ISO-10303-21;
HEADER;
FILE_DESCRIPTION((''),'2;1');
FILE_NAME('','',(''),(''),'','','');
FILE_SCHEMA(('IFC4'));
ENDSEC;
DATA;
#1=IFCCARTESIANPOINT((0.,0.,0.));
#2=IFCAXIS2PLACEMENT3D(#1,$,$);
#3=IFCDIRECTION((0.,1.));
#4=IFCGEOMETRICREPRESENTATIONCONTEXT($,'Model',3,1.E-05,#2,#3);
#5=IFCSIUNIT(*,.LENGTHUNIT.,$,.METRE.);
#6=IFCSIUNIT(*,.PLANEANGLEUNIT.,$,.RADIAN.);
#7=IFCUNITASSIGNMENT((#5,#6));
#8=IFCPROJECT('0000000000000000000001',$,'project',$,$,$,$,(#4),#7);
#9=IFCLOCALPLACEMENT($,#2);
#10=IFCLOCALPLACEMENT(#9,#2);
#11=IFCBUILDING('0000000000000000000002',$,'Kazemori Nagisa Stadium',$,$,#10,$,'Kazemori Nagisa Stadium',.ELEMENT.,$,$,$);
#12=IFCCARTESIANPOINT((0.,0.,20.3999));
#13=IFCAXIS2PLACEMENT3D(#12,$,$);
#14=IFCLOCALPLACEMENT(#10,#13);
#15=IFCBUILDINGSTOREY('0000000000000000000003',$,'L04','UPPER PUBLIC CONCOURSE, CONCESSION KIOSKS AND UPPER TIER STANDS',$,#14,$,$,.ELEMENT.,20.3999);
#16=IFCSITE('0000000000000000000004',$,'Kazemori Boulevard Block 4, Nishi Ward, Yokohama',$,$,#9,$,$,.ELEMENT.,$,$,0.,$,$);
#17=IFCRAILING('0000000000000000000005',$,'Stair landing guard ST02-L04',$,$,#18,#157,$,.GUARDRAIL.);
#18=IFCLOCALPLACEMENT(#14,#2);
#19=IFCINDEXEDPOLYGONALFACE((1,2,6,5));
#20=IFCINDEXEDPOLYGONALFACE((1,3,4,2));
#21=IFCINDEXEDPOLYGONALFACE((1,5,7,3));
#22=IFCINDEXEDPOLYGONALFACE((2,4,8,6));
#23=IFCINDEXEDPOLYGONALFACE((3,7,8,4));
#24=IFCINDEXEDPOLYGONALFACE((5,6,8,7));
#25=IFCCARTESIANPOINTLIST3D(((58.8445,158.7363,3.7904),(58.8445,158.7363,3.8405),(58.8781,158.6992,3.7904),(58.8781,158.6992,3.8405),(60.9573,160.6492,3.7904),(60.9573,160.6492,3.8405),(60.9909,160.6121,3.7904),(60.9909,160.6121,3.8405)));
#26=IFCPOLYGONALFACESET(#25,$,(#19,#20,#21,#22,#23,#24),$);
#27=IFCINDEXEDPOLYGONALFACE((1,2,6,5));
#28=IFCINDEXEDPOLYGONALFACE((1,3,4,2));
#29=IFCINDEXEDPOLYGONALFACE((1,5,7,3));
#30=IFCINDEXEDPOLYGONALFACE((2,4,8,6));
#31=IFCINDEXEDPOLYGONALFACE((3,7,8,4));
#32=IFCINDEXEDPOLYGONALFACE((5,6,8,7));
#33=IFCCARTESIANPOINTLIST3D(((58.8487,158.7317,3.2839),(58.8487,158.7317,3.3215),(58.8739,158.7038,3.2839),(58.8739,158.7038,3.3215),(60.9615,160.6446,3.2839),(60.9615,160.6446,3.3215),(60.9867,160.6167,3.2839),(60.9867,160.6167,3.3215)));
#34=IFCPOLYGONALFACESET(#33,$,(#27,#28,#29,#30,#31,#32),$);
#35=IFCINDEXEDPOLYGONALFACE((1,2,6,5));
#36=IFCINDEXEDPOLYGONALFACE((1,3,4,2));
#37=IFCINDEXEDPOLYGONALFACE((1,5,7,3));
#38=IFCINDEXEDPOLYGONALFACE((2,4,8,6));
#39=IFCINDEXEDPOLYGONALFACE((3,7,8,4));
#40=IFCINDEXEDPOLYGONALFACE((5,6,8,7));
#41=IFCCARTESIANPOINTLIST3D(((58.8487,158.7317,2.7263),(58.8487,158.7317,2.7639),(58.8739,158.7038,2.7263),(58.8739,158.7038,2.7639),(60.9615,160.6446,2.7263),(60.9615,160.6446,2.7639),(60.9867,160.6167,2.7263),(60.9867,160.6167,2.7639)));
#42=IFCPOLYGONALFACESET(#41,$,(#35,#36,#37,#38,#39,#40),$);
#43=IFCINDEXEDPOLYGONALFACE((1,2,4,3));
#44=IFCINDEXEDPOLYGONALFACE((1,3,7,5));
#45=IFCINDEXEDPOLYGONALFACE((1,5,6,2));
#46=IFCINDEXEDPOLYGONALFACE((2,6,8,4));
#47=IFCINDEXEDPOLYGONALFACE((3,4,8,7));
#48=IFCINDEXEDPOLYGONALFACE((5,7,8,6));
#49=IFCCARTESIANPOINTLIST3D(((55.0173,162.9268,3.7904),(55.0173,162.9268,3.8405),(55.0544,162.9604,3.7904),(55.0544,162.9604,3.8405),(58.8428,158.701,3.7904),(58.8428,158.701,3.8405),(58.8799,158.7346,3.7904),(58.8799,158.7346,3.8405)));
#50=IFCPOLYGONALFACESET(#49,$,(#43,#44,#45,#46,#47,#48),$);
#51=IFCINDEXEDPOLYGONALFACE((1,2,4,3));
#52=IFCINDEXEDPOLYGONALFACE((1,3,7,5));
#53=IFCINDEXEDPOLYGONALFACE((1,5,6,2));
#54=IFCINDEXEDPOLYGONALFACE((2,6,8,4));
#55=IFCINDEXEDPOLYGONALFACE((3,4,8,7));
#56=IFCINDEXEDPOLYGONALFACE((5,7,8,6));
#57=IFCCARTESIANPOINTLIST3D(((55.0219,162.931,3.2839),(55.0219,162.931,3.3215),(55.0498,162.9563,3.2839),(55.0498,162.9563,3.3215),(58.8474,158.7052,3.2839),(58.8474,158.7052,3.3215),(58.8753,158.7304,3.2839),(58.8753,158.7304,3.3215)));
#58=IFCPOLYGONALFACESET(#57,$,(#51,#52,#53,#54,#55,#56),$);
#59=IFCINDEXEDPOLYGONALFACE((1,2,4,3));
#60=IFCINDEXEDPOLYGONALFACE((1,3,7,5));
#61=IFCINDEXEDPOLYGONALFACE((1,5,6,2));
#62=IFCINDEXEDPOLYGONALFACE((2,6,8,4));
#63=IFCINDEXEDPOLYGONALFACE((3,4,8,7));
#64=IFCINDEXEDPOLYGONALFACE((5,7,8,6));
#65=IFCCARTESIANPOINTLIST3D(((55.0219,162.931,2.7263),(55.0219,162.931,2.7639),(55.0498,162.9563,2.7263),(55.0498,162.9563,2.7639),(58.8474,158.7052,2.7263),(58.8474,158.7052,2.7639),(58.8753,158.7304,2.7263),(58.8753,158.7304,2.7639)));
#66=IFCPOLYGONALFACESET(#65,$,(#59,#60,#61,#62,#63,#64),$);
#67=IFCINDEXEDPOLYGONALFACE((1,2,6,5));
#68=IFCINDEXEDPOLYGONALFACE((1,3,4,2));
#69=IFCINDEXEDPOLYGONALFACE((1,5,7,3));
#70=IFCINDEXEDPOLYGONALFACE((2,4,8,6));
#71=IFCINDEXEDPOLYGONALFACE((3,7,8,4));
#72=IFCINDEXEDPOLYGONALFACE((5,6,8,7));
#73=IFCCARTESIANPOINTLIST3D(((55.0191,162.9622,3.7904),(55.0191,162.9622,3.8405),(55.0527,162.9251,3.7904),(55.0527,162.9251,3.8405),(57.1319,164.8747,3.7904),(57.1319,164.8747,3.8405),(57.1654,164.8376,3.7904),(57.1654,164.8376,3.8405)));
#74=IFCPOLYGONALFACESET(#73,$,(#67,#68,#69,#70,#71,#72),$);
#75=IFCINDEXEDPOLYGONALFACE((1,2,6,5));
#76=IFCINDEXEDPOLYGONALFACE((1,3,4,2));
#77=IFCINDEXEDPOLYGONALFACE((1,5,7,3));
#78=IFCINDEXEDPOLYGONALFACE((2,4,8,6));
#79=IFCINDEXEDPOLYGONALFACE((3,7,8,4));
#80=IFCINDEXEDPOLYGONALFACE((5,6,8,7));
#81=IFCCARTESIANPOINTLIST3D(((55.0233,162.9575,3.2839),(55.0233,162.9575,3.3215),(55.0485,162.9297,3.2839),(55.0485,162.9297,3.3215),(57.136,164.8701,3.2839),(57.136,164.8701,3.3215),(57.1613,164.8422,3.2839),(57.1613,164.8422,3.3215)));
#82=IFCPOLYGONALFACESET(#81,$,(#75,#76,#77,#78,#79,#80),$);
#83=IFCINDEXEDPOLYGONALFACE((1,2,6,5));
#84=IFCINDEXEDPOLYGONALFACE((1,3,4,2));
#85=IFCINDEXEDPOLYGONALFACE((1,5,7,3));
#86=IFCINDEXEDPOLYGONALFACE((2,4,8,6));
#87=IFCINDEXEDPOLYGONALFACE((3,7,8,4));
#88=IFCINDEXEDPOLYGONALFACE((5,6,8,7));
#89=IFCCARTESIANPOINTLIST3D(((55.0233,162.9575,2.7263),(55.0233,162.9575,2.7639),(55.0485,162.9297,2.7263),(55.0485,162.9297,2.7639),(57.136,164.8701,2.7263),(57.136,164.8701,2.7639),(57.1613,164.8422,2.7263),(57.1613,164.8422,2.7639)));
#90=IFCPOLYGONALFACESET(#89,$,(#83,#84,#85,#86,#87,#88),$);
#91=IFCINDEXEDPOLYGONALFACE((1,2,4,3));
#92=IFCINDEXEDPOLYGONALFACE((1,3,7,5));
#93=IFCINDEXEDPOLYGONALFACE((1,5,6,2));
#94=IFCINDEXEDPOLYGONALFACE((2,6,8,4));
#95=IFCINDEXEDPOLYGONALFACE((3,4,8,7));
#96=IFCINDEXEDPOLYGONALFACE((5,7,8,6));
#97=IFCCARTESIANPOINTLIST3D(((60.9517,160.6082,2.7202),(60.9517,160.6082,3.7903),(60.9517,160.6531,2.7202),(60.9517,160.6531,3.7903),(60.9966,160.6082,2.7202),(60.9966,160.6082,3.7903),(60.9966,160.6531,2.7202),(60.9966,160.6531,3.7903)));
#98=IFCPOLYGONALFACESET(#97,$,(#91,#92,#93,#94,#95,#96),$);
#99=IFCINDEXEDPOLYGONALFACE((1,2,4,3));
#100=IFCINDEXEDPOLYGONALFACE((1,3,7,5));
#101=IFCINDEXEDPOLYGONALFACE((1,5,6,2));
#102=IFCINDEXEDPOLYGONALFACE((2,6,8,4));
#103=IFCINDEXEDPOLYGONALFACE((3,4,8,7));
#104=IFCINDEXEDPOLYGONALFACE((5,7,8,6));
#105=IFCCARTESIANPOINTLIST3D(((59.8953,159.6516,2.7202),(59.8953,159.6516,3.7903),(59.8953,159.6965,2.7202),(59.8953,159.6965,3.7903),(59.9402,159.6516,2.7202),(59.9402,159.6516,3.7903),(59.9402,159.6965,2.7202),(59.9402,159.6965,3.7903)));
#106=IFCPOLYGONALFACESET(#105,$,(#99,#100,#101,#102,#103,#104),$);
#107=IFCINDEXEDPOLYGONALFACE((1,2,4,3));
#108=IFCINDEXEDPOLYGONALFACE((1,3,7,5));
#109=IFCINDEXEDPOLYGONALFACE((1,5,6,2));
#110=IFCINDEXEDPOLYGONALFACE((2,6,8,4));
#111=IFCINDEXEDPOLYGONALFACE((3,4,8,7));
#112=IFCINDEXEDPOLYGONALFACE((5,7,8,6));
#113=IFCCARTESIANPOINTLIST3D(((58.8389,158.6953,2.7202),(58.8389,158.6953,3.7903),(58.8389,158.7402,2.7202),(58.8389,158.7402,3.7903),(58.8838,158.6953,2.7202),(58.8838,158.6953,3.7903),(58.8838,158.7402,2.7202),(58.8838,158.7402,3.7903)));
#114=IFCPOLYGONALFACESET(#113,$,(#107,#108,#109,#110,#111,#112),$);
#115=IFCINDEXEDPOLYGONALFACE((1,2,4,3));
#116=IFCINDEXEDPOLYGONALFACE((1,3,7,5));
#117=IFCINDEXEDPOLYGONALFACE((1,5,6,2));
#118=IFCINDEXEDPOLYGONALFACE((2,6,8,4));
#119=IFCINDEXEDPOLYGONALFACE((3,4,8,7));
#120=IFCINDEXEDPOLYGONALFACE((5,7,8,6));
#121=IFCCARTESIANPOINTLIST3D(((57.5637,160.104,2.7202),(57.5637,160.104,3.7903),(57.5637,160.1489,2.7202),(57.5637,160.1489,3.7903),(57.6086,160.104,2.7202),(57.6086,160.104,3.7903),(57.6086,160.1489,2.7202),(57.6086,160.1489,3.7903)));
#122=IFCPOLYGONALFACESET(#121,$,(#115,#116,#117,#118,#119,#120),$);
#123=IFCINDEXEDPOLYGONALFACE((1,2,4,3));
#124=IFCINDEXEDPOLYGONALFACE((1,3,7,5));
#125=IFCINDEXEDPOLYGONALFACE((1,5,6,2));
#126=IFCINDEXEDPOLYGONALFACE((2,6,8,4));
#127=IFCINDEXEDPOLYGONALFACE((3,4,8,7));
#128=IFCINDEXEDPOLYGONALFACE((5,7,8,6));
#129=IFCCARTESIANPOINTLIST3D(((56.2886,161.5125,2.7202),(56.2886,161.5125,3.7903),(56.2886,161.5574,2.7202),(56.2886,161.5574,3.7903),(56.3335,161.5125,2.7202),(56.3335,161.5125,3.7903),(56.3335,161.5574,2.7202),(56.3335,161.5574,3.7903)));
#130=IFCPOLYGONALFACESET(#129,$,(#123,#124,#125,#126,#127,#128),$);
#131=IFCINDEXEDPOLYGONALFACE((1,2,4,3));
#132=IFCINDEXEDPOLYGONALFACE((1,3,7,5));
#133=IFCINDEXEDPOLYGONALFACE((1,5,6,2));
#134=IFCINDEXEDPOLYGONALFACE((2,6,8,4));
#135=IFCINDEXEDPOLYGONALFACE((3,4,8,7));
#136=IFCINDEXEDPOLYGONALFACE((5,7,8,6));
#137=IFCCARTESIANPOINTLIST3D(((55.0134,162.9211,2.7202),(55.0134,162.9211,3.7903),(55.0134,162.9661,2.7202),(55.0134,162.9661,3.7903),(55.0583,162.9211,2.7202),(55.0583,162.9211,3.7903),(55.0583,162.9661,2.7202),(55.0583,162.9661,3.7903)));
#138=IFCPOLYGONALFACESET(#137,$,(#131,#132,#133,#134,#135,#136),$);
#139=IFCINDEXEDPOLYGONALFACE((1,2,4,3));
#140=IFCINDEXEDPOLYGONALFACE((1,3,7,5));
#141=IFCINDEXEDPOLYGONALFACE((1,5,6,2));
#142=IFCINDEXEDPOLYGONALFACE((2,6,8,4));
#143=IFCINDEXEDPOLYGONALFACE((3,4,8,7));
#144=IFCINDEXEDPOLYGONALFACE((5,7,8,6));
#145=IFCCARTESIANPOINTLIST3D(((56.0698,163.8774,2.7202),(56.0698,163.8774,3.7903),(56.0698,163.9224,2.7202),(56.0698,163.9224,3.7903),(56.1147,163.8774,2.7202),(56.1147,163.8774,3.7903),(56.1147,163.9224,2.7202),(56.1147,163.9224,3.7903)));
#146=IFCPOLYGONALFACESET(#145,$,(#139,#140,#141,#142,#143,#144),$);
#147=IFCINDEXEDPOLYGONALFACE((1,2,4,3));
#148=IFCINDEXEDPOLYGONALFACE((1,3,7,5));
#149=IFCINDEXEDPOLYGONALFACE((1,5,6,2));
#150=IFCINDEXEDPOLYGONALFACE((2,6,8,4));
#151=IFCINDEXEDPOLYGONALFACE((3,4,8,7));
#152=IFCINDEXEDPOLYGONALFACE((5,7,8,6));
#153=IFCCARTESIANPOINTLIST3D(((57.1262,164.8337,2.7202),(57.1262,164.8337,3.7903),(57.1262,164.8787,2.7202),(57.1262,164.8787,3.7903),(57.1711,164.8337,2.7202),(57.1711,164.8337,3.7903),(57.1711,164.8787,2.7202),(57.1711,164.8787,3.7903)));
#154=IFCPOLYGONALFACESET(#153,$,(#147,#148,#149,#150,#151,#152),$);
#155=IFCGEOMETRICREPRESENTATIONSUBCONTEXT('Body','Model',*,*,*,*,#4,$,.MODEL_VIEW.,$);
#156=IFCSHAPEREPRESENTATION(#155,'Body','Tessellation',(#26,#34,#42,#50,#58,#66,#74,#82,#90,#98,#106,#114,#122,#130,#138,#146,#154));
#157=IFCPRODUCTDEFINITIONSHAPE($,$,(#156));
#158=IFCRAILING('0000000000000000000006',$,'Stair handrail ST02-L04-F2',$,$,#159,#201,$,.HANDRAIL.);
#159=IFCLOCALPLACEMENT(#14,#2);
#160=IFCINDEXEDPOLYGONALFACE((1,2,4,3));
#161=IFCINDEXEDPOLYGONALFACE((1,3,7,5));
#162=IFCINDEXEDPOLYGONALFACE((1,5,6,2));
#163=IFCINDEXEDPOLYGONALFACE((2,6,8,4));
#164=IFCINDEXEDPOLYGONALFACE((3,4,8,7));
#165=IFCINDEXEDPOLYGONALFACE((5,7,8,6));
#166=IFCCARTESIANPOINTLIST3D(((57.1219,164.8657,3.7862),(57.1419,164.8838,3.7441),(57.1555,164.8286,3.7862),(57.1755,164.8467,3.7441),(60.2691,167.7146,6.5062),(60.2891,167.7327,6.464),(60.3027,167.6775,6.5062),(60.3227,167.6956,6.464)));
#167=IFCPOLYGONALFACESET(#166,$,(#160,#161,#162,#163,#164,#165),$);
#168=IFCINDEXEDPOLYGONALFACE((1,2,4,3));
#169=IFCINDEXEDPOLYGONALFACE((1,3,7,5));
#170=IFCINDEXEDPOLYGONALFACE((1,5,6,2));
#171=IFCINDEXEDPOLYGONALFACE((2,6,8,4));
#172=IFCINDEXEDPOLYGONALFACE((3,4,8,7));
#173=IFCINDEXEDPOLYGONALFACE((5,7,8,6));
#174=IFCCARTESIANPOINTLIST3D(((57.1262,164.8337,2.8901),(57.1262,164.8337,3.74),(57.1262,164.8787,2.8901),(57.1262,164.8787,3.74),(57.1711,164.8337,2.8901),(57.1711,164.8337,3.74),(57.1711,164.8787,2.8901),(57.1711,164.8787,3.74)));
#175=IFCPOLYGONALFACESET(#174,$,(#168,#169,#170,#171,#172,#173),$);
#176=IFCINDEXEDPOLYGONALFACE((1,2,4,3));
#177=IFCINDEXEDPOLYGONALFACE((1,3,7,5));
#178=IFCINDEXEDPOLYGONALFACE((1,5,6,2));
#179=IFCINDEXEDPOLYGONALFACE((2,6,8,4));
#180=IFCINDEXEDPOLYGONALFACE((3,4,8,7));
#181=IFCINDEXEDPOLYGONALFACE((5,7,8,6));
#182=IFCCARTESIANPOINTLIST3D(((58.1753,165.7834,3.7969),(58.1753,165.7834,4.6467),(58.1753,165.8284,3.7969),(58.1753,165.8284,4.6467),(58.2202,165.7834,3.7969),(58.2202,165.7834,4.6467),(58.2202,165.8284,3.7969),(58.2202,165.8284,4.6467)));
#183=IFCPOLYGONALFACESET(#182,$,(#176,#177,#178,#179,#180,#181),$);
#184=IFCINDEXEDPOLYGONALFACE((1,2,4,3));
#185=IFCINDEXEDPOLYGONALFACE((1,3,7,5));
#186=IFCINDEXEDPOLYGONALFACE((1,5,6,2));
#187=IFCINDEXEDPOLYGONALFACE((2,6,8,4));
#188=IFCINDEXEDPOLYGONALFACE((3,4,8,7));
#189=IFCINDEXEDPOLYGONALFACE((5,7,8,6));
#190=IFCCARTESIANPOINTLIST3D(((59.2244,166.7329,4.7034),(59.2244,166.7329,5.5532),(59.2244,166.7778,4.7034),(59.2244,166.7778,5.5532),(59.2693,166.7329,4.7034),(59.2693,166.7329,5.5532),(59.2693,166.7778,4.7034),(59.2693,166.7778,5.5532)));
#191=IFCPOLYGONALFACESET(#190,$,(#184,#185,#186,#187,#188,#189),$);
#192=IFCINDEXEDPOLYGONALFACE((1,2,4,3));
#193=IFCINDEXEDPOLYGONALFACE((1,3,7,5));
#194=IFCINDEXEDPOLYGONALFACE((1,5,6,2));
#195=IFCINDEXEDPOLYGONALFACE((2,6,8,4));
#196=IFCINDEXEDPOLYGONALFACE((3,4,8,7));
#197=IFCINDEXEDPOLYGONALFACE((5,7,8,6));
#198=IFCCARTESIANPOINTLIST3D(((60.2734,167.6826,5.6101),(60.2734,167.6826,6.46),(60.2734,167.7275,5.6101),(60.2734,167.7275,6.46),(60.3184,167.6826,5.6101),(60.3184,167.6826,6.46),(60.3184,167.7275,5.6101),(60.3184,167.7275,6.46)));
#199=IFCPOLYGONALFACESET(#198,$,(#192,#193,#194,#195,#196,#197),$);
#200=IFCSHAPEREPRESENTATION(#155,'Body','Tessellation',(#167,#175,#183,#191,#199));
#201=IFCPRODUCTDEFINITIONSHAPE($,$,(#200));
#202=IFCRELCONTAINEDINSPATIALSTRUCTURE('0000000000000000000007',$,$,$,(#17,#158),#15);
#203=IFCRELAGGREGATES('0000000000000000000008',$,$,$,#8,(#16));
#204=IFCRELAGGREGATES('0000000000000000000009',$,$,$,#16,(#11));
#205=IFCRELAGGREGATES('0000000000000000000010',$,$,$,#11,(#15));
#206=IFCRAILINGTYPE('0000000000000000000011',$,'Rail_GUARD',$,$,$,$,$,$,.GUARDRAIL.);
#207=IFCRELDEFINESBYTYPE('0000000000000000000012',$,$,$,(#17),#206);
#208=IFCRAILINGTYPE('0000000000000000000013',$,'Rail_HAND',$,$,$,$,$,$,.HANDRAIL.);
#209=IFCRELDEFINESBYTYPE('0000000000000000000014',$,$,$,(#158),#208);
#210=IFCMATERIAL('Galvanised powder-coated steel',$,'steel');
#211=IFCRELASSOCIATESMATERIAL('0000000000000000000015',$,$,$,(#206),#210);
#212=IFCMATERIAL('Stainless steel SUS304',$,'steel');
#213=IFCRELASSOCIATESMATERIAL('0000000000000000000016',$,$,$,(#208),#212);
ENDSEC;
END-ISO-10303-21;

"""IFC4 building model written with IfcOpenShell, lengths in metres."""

from ifc_helpers import new_model, si_unit, direction, frame, origin, origin_2d, place, context, subcontext, project, spatial, rectangle, extrude, material, type_object, element, save


model = new_model("IFC4")

# Units and contexts
model_context = context("Model", 3, precision=1e-05, world=origin(), true_north=direction((0.0, 1.0)))
body_context = subcontext(model_context, "Body", "Model", "MODEL_VIEW")
ifc_project = project(units=[si_unit("LENGTHUNIT", "METRE"), si_unit("PLANEANGLEUNIT", "RADIAN")], contexts=[model_context])

# Site, building, storey
site_placement = place(None, origin())
site = spatial("IfcSite", under=ifc_project, at=site_placement, Name="Kazemori Boulevard Block 4, Nishi Ward, Yokohama", CompositionType="ELEMENT", RefElevation=0.0)
building_placement = place(site_placement, origin())
building = spatial("IfcBuilding", under=site, at=building_placement, Name="Kazemori Nagisa Stadium", LongName="Kazemori Nagisa Stadium", CompositionType="ELEMENT")
storey_placement = place(building_placement, frame((0.0, 0.0, 20.3999)))
storey = spatial("IfcBuildingStorey", under=building, at=storey_placement, Name="L04", Description="UPPER PUBLIC CONCOURSE, CONCESSION KIOSKS AND UPPER TIER STANDS", CompositionType="ELEMENT", Elevation=20.3999)

# Railings
ifc_material_1 = material(Name="Galvanised powder-coated steel", Category="steel")
railing_type_1 = type_object("IfcRailingType", Name="Rail_GUARD", PredefinedType="GUARDRAIL", material=ifc_material_1)
railing_1_placement = place(storey_placement, frame((60.9741, 160.6306, 2.7202)))
element("IfcRailing", 1, at=railing_1_placement, inside=storey, type_object=railing_type_1, Name="Stair landing guard ST02-L04", PredefinedType="GUARDRAIL", context=body_context, shape_type="SweptSolid", body=[
    extrude(rectangle(XDim=0.05, YDim=0.05, at=origin_2d()), frame((0.0, 0.0, 1.0952), z_axis=(-0.741315, -0.671158, 0.0), x_axis=(0.671158, -0.741315, 0.0)), (0.0, 0.0, 1.0), 2.8501),
    extrude(rectangle(XDim=0.0376, YDim=0.0376, at=origin_2d()), frame((0.0, 0.0, 0.5825), z_axis=(-0.741315, -0.671158, 0.0), x_axis=(0.671158, -0.741315, 0.0)), (0.0, 0.0, 1.0), 2.8501),
    extrude(rectangle(XDim=0.0376, YDim=0.0376, at=origin_2d()), frame((0.0, 0.0, 0.0249), z_axis=(-0.741315, -0.671158, 0.0), x_axis=(0.671158, -0.741315, 0.0)), (0.0, 0.0, 1.0), 2.8501),
    extrude(rectangle(XDim=0.05, YDim=0.05, at=origin_2d()), frame((-2.1128, -1.9128, 1.0952), z_axis=(-0.671113, 0.741355, 0.0), x_axis=(-0.741355, -0.671113, 0.0)), (0.0, 0.0, 1.0), 5.7002),
    extrude(rectangle(XDim=0.0376, YDim=0.0376, at=origin_2d()), frame((-2.1128, -1.9128, 0.5825), z_axis=(-0.671113, 0.741355, 0.0), x_axis=(-0.741355, -0.671113, 0.0)), (0.0, 0.0, 1.0), 5.7002),
    extrude(rectangle(XDim=0.0376, YDim=0.0376, at=origin_2d()), frame((-2.1128, -1.9128, 0.0249), z_axis=(-0.671113, 0.741355, 0.0), x_axis=(-0.741355, -0.671113, 0.0)), (0.0, 0.0, 1.0), 5.7002),
    extrude(rectangle(XDim=0.05, YDim=0.05, at=origin_2d()), frame((-5.9382, 2.313, 1.0952), z_axis=(0.741357, 0.671111, 0.0), x_axis=(-0.671111, 0.741357, 0.0)), (0.0, 0.0, 1.0), 2.8499),
    extrude(rectangle(XDim=0.0376, YDim=0.0376, at=origin_2d()), frame((-5.9382, 2.313, 0.5825), z_axis=(0.741357, 0.671111, 0.0), x_axis=(-0.671111, 0.741357, 0.0)), (0.0, 0.0, 1.0), 2.8499),
    extrude(rectangle(XDim=0.0376, YDim=0.0376, at=origin_2d()), frame((-5.9382, 2.313, 0.0249), z_axis=(0.741357, 0.671111, 0.0), x_axis=(-0.671111, 0.741357, 0.0)), (0.0, 0.0, 1.0), 2.8499),
    extrude(rectangle(XDim=0.0449, YDim=0.0449, at=origin_2d()), origin(), (0.0, 0.0, 1.0), 1.0701),
    extrude(rectangle(XDim=0.0449, YDim=0.0449, at=origin_2d()), frame((-1.0564, -0.9565, 0.0)), (0.0, 0.0, 1.0), 1.0701),
    extrude(rectangle(XDim=0.0449, YDim=0.0449, at=origin_2d()), frame((-2.1128, -1.9128, 0.0)), (0.0, 0.0, 1.0), 1.0701),
    extrude(rectangle(XDim=0.0449, YDim=0.0449, at=origin_2d()), frame((-3.3879, -0.5042, 0.0)), (0.0, 0.0, 1.0), 1.0701),
    extrude(rectangle(XDim=0.0449, YDim=0.0449, at=origin_2d()), frame((-4.6631, 0.9043, 0.0)), (0.0, 0.0, 1.0), 1.0701),
    extrude(rectangle(XDim=0.0449, YDim=0.0449, at=origin_2d()), frame((-5.9382, 2.313, 0.0)), (0.0, 0.0, 1.0), 1.0701),
    extrude(rectangle(XDim=0.0449, YDim=0.0449, at=origin_2d()), frame((-4.8818, 3.2693, 0.0)), (0.0, 0.0, 1.0), 1.0701),
    extrude(rectangle(XDim=0.0449, YDim=0.0449, at=origin_2d()), frame((-3.8254, 4.2256, 0.0)), (0.0, 0.0, 1.0), 1.0701),
])
ifc_material_2 = material(Name="Stainless steel SUS304", Category="steel")
railing_type_2 = type_object("IfcRailingType", Name="Rail_HAND", PredefinedType="HANDRAIL", material=ifc_material_2)
railing_2_placement = place(storey_placement, frame((57.1487, 164.8562, 2.8901)))
element("IfcRailing", 2, at=railing_2_placement, inside=storey, type_object=railing_type_2, Name="Stair handrail ST02-L04-F2", PredefinedType="HANDRAIL", context=body_context, shape_type="SweptSolid", body=[
    extrude(rectangle(XDim=0.05, YDim=0.05, at=origin_2d()), frame((0.0, 0.0, 0.875), z_axis=(0.62423, 0.565056, 0.539489), x_axis=(-0.671094, 0.741372, 0.0)), (0.0, 0.0, 1.0), 5.0417),
    extrude(rectangle(XDim=0.0449, YDim=0.0449, at=origin_2d()), origin(), (0.0, 0.0, 1.0), 0.8499),
    extrude(rectangle(XDim=0.0449, YDim=0.0449, at=origin_2d()), frame((1.0491, 0.9497, 0.9067)), (0.0, 0.0, 1.0), 0.8499),
    extrude(rectangle(XDim=0.0449, YDim=0.0449, at=origin_2d()), frame((2.0981, 1.8992, 1.8132)), (0.0, 0.0, 1.0), 0.8499),
    extrude(rectangle(XDim=0.0449, YDim=0.0449, at=origin_2d()), frame((3.1472, 2.8489, 2.72)), (0.0, 0.0, 1.0), 0.8499),
])

save(model, "model.ifc")
